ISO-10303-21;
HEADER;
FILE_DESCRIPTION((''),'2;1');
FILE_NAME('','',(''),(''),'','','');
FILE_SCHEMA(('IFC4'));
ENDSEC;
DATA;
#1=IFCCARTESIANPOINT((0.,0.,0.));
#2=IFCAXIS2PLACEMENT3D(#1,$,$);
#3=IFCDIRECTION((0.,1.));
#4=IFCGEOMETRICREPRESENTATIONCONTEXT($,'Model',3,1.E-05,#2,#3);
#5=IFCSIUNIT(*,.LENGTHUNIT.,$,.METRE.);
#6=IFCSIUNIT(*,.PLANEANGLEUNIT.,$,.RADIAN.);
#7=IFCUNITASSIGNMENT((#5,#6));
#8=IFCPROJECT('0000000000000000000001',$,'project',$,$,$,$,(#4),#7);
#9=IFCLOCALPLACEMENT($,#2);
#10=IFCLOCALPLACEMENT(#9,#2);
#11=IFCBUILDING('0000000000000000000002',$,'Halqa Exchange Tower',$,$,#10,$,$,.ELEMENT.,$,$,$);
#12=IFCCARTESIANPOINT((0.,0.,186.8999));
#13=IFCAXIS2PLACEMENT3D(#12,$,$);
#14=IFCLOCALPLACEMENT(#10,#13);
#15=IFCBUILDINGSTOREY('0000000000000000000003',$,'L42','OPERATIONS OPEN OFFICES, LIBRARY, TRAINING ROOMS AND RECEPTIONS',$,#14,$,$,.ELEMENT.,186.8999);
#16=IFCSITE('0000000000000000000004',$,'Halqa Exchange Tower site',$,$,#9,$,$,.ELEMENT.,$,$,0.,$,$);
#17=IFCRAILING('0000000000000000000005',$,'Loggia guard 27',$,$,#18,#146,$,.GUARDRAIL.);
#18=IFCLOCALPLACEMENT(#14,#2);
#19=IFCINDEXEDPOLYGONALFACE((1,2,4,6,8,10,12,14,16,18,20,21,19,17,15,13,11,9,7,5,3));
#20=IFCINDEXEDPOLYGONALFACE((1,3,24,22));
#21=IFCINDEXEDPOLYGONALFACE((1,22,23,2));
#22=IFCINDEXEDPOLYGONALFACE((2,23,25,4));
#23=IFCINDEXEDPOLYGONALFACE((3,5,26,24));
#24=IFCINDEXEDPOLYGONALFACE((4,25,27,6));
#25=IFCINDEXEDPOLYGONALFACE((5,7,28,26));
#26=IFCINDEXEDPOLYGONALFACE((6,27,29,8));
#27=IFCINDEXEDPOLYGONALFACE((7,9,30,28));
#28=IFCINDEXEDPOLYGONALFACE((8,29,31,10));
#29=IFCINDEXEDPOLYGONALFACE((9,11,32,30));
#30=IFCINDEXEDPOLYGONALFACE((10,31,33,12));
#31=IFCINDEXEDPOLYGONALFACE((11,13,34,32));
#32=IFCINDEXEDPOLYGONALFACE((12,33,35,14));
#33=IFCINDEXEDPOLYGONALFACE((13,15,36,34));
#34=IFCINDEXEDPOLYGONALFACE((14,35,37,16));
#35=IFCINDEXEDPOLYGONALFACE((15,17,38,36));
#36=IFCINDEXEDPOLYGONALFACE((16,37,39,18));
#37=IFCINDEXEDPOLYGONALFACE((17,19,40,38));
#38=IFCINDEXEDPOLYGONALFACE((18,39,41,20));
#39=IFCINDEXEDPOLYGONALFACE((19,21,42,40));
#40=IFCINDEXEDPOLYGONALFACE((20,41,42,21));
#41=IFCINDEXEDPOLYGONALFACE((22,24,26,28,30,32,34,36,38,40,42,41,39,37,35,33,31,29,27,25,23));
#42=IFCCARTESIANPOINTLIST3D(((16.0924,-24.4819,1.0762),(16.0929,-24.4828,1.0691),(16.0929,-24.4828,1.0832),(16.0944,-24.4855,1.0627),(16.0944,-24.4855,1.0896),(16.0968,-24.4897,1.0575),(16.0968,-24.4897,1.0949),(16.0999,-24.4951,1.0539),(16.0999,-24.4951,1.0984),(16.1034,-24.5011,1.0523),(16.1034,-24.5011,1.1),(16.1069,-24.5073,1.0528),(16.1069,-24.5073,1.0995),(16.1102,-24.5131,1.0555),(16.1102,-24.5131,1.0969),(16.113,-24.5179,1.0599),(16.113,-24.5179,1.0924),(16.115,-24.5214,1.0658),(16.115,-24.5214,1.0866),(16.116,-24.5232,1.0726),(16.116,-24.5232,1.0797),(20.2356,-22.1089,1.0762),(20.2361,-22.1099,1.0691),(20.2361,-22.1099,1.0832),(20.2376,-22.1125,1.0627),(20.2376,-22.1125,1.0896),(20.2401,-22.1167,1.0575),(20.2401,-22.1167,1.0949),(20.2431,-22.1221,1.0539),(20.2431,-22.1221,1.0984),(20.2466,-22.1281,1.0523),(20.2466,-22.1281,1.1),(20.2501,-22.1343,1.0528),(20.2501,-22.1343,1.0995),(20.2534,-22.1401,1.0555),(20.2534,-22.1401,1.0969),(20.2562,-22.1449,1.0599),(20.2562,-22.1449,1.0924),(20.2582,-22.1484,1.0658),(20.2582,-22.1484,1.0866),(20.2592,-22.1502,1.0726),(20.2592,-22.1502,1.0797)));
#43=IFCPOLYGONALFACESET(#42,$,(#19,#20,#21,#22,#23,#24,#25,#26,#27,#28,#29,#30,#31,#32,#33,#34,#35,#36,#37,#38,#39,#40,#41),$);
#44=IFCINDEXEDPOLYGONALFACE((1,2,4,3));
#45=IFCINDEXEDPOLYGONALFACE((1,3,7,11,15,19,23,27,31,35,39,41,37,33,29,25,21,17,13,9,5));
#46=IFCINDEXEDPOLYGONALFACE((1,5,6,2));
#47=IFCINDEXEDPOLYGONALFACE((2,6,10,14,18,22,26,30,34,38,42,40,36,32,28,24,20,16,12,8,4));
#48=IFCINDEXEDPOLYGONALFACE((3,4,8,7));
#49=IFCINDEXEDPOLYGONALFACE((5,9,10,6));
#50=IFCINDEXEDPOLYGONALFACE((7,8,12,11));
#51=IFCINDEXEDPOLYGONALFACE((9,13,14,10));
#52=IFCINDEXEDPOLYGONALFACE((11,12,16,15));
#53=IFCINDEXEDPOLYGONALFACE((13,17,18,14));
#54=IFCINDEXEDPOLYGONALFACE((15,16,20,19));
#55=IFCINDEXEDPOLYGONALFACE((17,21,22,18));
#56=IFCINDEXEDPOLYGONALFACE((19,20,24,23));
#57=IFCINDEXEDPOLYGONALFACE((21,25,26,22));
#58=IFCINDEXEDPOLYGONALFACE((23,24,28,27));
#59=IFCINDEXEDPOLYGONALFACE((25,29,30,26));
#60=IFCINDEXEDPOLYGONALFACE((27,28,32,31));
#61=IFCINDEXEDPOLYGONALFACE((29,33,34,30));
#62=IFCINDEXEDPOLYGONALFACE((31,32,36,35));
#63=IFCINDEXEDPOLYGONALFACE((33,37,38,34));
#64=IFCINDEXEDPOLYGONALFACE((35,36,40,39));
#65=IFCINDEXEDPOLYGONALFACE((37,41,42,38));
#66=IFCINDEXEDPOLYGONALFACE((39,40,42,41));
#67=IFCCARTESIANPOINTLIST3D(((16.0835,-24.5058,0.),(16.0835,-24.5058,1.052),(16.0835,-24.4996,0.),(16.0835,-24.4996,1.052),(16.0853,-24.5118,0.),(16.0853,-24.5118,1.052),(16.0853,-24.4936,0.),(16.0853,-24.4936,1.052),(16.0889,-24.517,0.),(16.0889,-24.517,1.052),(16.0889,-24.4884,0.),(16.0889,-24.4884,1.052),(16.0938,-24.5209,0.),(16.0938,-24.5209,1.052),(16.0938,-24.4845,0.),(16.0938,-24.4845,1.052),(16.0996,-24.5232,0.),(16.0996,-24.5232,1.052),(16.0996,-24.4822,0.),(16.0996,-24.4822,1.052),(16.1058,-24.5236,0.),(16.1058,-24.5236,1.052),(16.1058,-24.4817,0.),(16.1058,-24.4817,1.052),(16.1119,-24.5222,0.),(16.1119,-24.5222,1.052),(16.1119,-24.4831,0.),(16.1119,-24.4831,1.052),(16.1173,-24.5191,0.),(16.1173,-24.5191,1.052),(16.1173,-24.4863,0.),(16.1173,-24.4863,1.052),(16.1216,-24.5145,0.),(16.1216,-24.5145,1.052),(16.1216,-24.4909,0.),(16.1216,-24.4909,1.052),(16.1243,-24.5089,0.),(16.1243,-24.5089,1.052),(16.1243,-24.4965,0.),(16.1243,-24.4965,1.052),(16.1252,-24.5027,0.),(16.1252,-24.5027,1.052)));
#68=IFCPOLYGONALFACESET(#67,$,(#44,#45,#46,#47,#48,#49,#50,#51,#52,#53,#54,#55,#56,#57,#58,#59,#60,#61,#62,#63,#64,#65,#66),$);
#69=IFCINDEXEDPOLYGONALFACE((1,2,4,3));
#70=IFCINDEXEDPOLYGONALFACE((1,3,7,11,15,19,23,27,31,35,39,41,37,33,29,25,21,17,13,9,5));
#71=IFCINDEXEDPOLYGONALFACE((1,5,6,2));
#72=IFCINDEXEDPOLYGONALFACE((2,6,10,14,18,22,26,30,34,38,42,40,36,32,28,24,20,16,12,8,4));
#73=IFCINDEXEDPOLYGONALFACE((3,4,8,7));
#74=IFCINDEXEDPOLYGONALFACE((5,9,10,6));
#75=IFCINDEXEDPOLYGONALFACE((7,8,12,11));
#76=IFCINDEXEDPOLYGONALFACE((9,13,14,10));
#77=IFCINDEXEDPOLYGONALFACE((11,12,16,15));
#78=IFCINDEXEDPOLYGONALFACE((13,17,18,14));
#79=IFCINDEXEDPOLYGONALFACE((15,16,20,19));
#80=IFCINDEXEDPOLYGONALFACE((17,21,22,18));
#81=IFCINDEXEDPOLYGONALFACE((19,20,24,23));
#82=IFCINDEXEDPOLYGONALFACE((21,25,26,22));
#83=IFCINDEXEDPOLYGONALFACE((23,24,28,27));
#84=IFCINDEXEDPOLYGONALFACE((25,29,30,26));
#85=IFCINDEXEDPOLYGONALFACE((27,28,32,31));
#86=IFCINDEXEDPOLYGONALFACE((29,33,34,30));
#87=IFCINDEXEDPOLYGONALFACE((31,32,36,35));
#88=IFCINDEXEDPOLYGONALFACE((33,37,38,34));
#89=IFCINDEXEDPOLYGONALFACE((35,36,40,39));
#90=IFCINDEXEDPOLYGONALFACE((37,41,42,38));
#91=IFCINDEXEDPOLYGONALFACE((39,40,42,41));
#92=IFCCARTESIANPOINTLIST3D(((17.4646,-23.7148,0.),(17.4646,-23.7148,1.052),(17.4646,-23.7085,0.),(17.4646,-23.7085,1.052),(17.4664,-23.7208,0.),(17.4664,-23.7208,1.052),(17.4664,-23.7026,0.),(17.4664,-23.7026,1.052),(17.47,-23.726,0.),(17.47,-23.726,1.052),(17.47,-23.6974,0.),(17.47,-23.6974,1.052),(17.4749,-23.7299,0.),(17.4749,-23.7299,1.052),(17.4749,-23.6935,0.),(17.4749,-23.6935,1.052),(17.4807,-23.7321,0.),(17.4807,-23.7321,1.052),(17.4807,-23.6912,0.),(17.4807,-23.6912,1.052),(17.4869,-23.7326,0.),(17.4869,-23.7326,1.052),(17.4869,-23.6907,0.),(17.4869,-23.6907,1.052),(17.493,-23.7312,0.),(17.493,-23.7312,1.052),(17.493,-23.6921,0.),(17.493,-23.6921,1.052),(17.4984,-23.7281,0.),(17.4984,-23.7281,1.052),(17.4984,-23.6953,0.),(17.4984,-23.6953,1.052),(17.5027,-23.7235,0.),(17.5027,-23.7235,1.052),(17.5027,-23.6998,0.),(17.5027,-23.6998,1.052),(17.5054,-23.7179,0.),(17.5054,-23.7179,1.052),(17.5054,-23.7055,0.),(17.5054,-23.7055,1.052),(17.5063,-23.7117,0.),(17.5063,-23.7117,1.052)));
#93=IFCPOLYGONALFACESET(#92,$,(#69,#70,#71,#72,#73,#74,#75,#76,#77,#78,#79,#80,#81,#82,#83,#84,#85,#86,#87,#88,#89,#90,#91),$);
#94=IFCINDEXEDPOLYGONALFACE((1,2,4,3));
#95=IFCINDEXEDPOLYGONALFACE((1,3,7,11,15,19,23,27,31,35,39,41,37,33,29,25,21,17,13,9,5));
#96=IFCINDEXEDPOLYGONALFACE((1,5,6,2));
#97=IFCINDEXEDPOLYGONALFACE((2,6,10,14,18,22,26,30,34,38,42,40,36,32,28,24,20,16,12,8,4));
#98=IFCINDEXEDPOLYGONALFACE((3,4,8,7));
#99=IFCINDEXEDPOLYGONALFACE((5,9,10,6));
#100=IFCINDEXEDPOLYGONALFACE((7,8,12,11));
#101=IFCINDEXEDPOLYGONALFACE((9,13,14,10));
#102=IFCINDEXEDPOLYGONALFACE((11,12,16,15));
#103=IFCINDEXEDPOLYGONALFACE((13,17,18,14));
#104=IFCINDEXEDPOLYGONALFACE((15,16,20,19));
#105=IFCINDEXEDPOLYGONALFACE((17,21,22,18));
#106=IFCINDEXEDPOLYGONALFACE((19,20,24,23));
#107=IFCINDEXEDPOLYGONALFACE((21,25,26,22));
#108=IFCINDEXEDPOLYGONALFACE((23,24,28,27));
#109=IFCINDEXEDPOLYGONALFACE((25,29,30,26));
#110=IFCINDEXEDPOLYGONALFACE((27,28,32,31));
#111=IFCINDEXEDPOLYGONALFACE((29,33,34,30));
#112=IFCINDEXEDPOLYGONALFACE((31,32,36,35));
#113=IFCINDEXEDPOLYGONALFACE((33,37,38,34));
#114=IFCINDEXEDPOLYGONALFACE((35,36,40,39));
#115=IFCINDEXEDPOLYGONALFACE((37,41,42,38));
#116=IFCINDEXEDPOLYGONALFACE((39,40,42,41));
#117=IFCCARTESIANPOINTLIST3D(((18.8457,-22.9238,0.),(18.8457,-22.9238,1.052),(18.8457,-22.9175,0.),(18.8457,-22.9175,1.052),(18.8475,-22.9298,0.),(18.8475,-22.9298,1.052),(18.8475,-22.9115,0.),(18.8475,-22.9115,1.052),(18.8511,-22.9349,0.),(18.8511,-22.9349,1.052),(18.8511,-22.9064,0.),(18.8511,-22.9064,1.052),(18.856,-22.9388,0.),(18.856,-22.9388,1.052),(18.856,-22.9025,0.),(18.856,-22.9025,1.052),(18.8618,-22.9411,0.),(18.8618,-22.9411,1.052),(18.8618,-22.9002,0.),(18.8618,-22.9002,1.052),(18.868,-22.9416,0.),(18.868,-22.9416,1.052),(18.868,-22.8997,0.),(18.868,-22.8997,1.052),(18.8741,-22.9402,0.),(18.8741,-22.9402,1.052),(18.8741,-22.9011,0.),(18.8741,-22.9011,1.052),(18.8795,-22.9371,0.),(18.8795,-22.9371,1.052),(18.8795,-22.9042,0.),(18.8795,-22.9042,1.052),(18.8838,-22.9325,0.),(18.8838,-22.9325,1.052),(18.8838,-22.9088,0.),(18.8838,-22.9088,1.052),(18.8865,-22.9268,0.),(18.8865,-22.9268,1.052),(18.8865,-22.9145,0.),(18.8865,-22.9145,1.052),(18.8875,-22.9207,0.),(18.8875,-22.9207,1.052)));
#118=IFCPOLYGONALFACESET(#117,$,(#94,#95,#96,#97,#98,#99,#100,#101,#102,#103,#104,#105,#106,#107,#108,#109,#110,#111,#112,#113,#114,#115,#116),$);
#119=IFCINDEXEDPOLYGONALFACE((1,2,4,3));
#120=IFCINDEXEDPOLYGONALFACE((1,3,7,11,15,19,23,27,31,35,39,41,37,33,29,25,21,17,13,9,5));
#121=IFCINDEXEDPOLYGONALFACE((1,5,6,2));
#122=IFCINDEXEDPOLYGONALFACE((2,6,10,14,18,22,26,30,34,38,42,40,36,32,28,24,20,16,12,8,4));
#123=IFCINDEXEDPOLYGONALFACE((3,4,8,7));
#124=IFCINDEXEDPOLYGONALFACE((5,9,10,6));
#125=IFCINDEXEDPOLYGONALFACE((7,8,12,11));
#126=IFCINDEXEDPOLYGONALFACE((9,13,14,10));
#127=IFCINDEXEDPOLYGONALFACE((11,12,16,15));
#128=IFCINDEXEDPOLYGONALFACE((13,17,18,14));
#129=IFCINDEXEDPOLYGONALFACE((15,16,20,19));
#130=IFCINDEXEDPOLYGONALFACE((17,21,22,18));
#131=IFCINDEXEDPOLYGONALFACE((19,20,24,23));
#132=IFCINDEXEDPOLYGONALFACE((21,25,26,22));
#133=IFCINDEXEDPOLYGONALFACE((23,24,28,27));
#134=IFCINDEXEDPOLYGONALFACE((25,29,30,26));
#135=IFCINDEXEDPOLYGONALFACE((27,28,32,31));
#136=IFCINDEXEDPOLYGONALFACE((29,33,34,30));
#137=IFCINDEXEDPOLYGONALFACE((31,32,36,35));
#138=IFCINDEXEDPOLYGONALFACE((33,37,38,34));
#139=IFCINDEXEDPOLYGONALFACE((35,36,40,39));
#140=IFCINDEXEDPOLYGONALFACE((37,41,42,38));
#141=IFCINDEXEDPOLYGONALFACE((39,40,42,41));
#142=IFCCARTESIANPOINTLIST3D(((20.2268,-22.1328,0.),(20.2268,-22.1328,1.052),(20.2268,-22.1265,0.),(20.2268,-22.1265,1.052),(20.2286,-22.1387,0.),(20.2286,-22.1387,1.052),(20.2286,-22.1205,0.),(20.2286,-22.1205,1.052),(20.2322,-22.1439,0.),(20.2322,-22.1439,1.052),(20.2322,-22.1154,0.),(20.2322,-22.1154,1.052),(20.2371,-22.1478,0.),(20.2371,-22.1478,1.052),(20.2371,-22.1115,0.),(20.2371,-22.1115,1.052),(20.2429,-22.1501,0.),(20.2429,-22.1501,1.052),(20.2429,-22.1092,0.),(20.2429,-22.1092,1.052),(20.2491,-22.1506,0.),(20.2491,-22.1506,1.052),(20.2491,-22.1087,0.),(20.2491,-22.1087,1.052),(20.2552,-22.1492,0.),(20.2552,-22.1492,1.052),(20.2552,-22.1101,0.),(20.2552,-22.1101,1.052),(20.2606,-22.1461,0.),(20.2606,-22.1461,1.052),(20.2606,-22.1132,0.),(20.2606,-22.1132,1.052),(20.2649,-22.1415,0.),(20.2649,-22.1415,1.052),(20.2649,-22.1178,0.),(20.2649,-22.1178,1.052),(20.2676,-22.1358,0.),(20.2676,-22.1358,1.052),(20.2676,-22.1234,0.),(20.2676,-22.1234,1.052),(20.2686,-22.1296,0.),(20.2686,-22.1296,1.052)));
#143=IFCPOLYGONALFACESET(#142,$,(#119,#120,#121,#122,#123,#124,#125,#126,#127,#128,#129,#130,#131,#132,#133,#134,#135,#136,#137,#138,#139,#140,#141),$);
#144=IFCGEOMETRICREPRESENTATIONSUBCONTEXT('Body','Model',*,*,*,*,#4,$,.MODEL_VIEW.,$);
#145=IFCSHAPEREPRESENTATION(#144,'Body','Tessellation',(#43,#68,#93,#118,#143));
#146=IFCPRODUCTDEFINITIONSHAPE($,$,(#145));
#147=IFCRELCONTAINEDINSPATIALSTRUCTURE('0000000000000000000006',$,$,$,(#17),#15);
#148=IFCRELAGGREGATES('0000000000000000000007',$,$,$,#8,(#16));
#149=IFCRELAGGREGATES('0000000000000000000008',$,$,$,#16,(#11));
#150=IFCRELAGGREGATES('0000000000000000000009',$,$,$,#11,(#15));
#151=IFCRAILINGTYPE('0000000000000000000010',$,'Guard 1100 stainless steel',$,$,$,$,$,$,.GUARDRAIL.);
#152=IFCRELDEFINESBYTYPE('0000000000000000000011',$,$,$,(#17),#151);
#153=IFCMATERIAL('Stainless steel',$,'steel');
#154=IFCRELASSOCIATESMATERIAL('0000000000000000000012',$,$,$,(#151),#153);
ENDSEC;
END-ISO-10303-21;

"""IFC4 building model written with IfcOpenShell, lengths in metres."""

from ifc_helpers import new_model, si_unit, direction, frame, origin, origin_2d, place, context, subcontext, project, spatial, circle, extrude, material, type_object, element, save


model = new_model("IFC4")

# Units and contexts
model_context = context("Model", 3, precision=1e-05, world=origin(), true_north=direction((0.0, 1.0)))
body_context = subcontext(model_context, "Body", "Model", "MODEL_VIEW")
ifc_project = project(units=[si_unit("LENGTHUNIT", "METRE"), si_unit("PLANEANGLEUNIT", "RADIAN")], contexts=[model_context])

# Site, building, storey
site_placement = place(None, origin())
site = spatial("IfcSite", under=ifc_project, at=site_placement, Name="Halqa Exchange Tower site", CompositionType="ELEMENT", RefElevation=0.0)
building_placement = place(site_placement, origin())
building = spatial("IfcBuilding", under=site, at=building_placement, Name="Halqa Exchange Tower", CompositionType="ELEMENT")
storey_placement = place(building_placement, frame((0.0, 0.0, 186.8999)))
storey = spatial("IfcBuildingStorey", under=building, at=storey_placement, Name="L42", Description="OPERATIONS OPEN OFFICES, LIBRARY, TRAINING ROOMS AND RECEPTIONS", CompositionType="ELEMENT", Elevation=186.8999)

# Railing
ifc_material_1 = material(Name="Stainless steel", Category="steel")
railing_type = type_object("IfcRailingType", Name="Guard 1100 stainless steel", PredefinedType="GUARDRAIL", material=ifc_material_1)
railing_1_placement = place(storey_placement, frame((16.1042, -24.5027, 0.0)))
element("IfcRailing", 1, at=railing_1_placement, inside=storey, type_object=railing_type, Name="Loggia guard 27", PredefinedType="GUARDRAIL", context=body_context, shape_type="SweptSolid", body=[
    extrude(circle(Radius=0.0239, at=origin_2d()), frame((0.0, 0.0, 1.0762), z_axis=(0.867752, 0.496998, 0.0), x_axis=(-0.496998, 0.867752, 0.0)), (0.0, 0.0, 1.0), 4.7747),
    extrude(circle(Radius=0.021, at=origin_2d()), origin(), (0.0, 0.0, 1.0), 1.052),
    extrude(circle(Radius=0.021, at=origin_2d()), frame((1.3811, 0.791, 0.0)), (0.0, 0.0, 1.0), 1.052),
    extrude(circle(Radius=0.021, at=origin_2d()), frame((2.7622, 1.582, 0.0)), (0.0, 0.0, 1.0), 1.052),
    extrude(circle(Radius=0.021, at=origin_2d()), frame((4.1433, 2.373, 0.0)), (0.0, 0.0, 1.0), 1.052),
])

save(model, "model.ifc")
